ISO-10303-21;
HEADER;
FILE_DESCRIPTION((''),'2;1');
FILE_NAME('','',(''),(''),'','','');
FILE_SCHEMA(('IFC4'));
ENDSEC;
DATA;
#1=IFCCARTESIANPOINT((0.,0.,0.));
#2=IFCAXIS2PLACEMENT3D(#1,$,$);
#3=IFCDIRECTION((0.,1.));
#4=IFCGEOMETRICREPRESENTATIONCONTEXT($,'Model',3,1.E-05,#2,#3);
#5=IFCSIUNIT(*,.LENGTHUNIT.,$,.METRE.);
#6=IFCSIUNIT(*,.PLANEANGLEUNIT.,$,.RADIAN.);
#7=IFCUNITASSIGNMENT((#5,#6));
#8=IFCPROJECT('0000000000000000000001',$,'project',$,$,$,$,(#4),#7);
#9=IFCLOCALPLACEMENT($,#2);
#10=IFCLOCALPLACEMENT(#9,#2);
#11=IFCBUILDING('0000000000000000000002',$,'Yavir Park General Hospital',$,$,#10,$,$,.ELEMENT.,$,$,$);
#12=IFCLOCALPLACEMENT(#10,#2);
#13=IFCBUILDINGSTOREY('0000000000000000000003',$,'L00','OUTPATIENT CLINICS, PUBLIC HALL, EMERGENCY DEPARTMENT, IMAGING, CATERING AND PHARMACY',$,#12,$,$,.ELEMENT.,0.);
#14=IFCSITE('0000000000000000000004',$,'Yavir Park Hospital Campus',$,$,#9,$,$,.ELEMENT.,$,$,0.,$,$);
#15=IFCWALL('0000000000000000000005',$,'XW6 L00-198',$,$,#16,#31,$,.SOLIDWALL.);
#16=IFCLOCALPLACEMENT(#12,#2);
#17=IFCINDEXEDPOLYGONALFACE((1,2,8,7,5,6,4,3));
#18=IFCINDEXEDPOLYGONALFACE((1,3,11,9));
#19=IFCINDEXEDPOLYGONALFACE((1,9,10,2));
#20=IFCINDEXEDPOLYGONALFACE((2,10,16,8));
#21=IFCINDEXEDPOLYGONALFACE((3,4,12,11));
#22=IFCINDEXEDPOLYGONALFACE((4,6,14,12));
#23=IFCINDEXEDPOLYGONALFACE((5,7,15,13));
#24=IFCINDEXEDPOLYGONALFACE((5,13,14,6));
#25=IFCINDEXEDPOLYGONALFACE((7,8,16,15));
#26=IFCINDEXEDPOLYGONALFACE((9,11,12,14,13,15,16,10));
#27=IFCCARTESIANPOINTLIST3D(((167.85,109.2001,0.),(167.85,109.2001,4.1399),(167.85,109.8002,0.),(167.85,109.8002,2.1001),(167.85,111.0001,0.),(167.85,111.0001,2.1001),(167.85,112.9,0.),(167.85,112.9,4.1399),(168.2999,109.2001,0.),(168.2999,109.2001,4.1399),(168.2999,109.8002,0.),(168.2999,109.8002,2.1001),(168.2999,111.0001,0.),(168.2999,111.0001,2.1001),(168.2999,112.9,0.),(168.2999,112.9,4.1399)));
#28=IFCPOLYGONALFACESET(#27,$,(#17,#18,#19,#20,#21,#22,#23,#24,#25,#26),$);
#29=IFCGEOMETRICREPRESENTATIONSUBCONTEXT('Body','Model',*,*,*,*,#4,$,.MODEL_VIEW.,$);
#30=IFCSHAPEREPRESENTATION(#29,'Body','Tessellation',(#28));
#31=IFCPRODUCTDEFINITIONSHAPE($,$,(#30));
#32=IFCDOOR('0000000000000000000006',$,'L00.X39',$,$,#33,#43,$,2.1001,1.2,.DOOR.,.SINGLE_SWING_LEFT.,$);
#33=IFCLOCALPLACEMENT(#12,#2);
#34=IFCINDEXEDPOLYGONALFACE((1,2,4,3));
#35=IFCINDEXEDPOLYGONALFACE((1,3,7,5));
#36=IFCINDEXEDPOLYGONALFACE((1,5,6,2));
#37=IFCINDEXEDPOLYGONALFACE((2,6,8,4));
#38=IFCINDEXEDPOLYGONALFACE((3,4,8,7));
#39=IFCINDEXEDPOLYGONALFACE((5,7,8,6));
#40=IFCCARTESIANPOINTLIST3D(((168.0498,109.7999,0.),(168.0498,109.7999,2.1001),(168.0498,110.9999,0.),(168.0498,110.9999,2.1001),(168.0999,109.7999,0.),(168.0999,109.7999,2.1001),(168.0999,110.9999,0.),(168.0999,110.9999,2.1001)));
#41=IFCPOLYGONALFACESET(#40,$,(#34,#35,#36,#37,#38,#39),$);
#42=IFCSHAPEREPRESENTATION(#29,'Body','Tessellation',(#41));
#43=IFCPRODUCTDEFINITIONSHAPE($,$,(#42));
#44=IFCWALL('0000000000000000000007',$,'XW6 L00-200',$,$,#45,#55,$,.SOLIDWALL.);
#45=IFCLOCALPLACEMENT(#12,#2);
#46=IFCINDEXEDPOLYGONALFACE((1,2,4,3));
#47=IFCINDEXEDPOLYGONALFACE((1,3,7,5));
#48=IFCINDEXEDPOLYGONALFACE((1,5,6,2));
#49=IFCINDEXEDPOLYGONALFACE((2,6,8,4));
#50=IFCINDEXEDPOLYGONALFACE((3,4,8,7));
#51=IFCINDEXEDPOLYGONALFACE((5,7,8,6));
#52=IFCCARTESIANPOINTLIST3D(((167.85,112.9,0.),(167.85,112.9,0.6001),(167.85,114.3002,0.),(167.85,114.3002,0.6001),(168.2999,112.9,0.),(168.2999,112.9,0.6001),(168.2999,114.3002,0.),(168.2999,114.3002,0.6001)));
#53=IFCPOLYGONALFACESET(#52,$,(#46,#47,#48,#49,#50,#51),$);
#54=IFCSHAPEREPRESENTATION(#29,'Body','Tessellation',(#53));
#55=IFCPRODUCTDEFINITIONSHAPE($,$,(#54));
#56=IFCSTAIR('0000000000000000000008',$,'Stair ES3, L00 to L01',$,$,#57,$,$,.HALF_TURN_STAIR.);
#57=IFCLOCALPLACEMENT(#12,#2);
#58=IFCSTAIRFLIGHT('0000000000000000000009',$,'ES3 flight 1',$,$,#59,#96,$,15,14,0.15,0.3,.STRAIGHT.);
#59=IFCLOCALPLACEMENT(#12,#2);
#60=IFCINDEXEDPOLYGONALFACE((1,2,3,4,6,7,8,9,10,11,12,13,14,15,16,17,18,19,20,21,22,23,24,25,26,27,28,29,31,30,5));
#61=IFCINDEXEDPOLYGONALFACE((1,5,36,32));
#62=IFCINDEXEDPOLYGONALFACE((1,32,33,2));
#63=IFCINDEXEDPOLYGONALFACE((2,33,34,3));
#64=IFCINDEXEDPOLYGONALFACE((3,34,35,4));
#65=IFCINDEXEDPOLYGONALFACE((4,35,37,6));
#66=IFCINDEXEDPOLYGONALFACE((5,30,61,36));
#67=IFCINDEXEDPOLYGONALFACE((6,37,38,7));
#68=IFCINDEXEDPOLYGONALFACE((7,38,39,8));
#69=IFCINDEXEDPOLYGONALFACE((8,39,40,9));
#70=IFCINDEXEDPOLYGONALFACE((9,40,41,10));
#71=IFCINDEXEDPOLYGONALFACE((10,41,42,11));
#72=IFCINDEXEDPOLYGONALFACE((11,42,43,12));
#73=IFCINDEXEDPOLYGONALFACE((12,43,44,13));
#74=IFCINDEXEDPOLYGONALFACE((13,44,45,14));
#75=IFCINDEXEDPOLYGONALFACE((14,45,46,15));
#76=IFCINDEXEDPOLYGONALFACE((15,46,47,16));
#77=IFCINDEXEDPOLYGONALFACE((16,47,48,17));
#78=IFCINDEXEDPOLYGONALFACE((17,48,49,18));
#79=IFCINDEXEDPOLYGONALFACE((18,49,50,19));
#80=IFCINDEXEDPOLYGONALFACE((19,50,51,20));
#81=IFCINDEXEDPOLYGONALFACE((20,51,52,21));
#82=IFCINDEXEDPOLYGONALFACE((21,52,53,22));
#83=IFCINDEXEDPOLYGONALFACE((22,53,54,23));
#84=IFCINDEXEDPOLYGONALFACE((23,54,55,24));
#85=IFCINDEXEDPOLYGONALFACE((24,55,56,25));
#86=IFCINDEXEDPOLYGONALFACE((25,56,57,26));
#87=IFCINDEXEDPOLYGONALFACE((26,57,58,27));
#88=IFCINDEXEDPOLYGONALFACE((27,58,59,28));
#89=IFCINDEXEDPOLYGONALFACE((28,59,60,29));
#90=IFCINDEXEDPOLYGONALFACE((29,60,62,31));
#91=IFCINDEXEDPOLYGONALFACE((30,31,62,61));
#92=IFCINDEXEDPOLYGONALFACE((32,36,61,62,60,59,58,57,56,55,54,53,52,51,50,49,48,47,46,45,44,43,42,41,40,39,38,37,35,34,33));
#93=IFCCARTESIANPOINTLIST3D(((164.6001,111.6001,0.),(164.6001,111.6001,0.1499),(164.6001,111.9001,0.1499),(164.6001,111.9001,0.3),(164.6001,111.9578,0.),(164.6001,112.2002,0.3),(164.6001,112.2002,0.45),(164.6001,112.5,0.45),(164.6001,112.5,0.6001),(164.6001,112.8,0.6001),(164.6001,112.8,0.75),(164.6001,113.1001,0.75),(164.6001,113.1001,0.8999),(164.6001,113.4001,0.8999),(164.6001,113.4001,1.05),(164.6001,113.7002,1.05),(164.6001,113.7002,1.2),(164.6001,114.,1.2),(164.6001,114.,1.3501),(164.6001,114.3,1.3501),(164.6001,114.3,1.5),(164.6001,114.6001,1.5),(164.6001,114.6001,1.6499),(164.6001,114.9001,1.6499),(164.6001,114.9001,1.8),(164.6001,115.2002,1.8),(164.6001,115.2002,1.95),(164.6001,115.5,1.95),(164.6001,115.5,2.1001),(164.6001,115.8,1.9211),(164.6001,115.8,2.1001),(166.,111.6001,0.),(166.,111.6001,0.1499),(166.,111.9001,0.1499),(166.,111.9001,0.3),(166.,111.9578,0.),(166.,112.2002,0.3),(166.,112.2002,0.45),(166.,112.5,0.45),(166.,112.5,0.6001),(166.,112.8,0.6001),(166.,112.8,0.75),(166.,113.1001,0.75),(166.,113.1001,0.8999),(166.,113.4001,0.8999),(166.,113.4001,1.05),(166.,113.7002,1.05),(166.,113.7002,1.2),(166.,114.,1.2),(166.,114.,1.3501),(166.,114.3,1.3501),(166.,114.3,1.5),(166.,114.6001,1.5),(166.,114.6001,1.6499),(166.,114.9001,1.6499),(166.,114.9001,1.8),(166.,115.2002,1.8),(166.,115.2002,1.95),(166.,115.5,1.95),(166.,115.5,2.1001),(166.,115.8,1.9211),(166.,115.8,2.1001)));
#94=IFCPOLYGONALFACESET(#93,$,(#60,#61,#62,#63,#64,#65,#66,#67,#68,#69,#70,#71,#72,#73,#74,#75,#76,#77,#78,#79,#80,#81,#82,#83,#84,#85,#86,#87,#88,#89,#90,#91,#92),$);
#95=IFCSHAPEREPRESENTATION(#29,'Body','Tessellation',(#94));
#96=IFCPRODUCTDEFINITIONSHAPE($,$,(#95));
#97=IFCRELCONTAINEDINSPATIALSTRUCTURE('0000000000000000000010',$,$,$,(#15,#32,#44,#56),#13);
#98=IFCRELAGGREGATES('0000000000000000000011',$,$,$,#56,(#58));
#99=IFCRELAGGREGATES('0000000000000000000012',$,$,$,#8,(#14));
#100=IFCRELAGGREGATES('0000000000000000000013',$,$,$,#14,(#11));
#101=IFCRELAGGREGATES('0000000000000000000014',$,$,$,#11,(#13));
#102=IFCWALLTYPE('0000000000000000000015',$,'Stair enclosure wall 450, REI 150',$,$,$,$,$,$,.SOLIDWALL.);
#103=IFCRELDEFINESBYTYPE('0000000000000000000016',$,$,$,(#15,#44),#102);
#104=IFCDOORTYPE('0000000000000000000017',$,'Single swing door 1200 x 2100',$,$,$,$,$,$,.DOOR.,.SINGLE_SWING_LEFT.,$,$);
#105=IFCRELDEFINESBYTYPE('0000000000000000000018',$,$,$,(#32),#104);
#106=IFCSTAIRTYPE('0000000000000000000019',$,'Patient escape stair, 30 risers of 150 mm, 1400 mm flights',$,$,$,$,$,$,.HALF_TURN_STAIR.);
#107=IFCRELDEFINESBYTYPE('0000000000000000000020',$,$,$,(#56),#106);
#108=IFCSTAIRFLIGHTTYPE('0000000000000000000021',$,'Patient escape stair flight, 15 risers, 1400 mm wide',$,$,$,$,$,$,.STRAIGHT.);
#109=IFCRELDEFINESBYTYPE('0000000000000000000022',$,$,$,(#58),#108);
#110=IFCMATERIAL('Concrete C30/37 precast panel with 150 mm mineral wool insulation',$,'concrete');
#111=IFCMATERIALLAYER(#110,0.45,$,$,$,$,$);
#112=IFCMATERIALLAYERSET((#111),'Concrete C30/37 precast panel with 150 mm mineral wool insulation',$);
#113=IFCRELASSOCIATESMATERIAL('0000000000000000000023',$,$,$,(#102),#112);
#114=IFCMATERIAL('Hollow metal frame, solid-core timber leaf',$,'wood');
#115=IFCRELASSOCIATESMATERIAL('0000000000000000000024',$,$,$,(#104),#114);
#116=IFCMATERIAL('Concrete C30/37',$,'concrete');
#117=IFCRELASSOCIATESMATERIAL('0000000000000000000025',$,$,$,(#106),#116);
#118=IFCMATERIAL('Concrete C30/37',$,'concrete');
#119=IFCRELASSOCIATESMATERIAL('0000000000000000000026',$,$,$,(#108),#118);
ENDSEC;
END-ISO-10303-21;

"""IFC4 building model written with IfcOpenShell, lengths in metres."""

from ifc_helpers import new_model, si_unit, direction, frame, frame_2d, origin, place, context, subcontext, project, spatial, polyline, rectangle, outline, extrude, material, layer, layer_set, type_object, element, fill, aggregate, save


model = new_model("IFC4")

# Units and contexts
model_context = context("Model", 3, precision=1e-05, world=origin(), true_north=direction((0.0, 1.0)))
body_context = subcontext(model_context, "Body", "Model", "MODEL_VIEW")
ifc_project = project(units=[si_unit("LENGTHUNIT", "METRE"), si_unit("PLANEANGLEUNIT", "RADIAN")], contexts=[model_context])

# Site, building, storey
site_placement = place(None, origin())
site = spatial("IfcSite", under=ifc_project, at=site_placement, Name="Yavir Park Hospital Campus", CompositionType="ELEMENT", RefElevation=0.0)
building_placement = place(site_placement, origin())
building = spatial("IfcBuilding", under=site, at=building_placement, Name="Yavir Park General Hospital", CompositionType="ELEMENT")
storey_placement = place(building_placement, origin())
storey = spatial("IfcBuildingStorey", under=building, at=storey_placement, Name="L00", Description="OUTPATIENT CLINICS, PUBLIC HALL, EMERGENCY DEPARTMENT, IMAGING, CATERING AND PHARMACY", CompositionType="ELEMENT", Elevation=0.0)

# Wall, opening, door
ifc_material_1 = material(Name="Concrete C30/37 precast panel with 150 mm mineral wool insulation", Category="concrete")
ifc_layer_1 = layer(ifc_material_1, 0.45)
ifc_layer_set_1 = layer_set([ifc_layer_1], Name="Concrete C30/37 precast panel with 150 mm mineral wool insulation")
wall_type_1 = type_object("IfcWallType", Name="Stair enclosure wall 450, REI 150", PredefinedType="SOLIDWALL", material=ifc_layer_set_1)
wall_1_placement = place(storey_placement, frame((168.075, 109.2, 0.0), z_axis=(0.0, 0.0, 1.0), x_axis=(0.0, 1.0, 0.0)))
wall_1 = element("IfcWall", 1, at=wall_1_placement, inside=storey, type_object=wall_type_1, Name="XW6 L00-198", PredefinedType="SOLIDWALL", context=body_context, shape_type="SweptSolid", body=[
    extrude(rectangle(XDim=3.7, YDim=0.45, at=frame_2d((1.8501, 0.0))), origin(), (0.0, 0.0, 1.0), 4.1399),
])
opening_1_placement = place(wall_1_placement, frame((0.6001, 0.0, 0.0)))
opening_1 = element("IfcOpeningElement", 2, at=opening_1_placement, cuts=wall_1, PredefinedType="OPENING", context=body_context, shape_type="SweptSolid", body=[
    extrude(rectangle(XDim=1.2, YDim=2.1001, at=frame_2d((0.6001, 1.05))), frame((0.0, 0.2349, 0.0), z_axis=(0.0, -1.0, 0.0), x_axis=(1.0, 0.0, 0.0)), (0.0, 0.0, 1.0), 0.47),
])
ifc_material_2 = material(Name="Hollow metal frame, solid-core timber leaf", Category="wood")
door_type_1 = type_object("IfcDoorType", Name="Single swing door 1200 x 2100", OperationType="SINGLE_SWING_LEFT", PredefinedType="DOOR", material=ifc_material_2)
door_1_placement = place(opening_1_placement, frame((1.2, 0.0, 0.0), x_axis=(-1.0, 0.0, 0.0)))
door_1 = element("IfcDoor", 3, at=door_1_placement, inside=storey, type_object=door_type_1, Name="L00.X39", OperationType="SINGLE_SWING_LEFT", OverallHeight=2.1001, OverallWidth=1.2, PredefinedType="DOOR", context=body_context, shape_type="SweptSolid", body=[
    extrude(rectangle(XDim=1.2, YDim=2.1001, at=frame_2d((0.6001, 1.05))), frame((0.0, 0.0249, 0.0), z_axis=(0.0, -1.0, 0.0), x_axis=(1.0, 0.0, 0.0)), (0.0, 0.0, 1.0), 0.05),
])
fill(opening_1, door_1)

# Wall
wall_2_placement = place(storey_placement, frame((168.075, 112.8999, 0.0), z_axis=(0.0, 0.0, 1.0), x_axis=(0.0, 1.0, 0.0)))
element("IfcWall", 4, at=wall_2_placement, inside=storey, type_object=wall_type_1, Name="XW6 L00-200", PredefinedType="SOLIDWALL", context=body_context, shape_type="SweptSolid", body=[
    extrude(rectangle(XDim=1.4001, YDim=0.45, at=frame_2d((0.7002, 0.0))), origin(), (0.0, 0.0, 1.0), 0.6001),
])

# Stair, stair flight
ifc_material_3 = material(Name="Concrete C30/37", Category="concrete")
stair_type = type_object("IfcStairType", Name="Patient escape stair, 30 risers of 150 mm, 1400 mm flights", PredefinedType="HALF_TURN_STAIR", material=ifc_material_3)
stair_placement = place(storey_placement, origin())
stair = element("IfcStair", 5, at=stair_placement, inside=storey, type_object=stair_type, Name="Stair ES3, L00 to L01", PredefinedType="HALF_TURN_STAIR")
ifc_material_4 = material(Name="Concrete C30/37", Category="concrete")
stair_flight_type = type_object("IfcStairFlightType", Name="Patient escape stair flight, 15 risers, 1400 mm wide", PredefinedType="STRAIGHT", material=ifc_material_4)
stair_flight_placement = place(storey_placement, frame((165.3, 111.6001, 0.0), z_axis=(0.0, 0.0, 1.0), x_axis=(0.0, 1.0, 0.0)))
stair_flight = element("IfcStairFlight", 6, at=stair_flight_placement, type_object=stair_flight_type, Name="ES3 flight 1", NumberOfRisers=15, NumberOfTreads=14, PredefinedType="STRAIGHT", RiserHeight=0.15, TreadLength=0.3, context=body_context, shape_type="SweptSolid", body=[
    extrude(outline(polyline([(0.0, 0.0), (0.0, 0.1499), (0.3, 0.1499), (0.3, 0.3), (0.6001, 0.3), (0.6001, 0.45), (0.8999, 0.45), (0.8999, 0.6001), (1.2, 0.6001), (1.2, 0.75), (1.5, 0.75), (1.5, 0.8999), (1.8, 0.8999), (1.8, 1.05), (2.1001, 1.05), (2.1001, 1.2), (2.3999, 1.2), (2.3999, 1.3501), (2.7, 1.3501), (2.7, 1.5), (3.0, 1.5), (3.0, 1.6499), (3.3, 1.6499), (3.3, 1.8), (3.6001, 1.8), (3.6001, 1.95), (3.8999, 1.95), (3.8999, 2.1001), (4.2, 2.1001), (4.2, 2.25), (4.2, 1.9211), (0.3577, 0.0), (0.0, 0.0)])), frame((0.0, 0.7, 0.0), z_axis=(0.0, -1.0, 0.0), x_axis=(1.0, 0.0, 0.0)), (0.0, 0.0, 1.0), 1.3999),
])
aggregate(stair, [stair_flight])

save(model, "model.ifc")
